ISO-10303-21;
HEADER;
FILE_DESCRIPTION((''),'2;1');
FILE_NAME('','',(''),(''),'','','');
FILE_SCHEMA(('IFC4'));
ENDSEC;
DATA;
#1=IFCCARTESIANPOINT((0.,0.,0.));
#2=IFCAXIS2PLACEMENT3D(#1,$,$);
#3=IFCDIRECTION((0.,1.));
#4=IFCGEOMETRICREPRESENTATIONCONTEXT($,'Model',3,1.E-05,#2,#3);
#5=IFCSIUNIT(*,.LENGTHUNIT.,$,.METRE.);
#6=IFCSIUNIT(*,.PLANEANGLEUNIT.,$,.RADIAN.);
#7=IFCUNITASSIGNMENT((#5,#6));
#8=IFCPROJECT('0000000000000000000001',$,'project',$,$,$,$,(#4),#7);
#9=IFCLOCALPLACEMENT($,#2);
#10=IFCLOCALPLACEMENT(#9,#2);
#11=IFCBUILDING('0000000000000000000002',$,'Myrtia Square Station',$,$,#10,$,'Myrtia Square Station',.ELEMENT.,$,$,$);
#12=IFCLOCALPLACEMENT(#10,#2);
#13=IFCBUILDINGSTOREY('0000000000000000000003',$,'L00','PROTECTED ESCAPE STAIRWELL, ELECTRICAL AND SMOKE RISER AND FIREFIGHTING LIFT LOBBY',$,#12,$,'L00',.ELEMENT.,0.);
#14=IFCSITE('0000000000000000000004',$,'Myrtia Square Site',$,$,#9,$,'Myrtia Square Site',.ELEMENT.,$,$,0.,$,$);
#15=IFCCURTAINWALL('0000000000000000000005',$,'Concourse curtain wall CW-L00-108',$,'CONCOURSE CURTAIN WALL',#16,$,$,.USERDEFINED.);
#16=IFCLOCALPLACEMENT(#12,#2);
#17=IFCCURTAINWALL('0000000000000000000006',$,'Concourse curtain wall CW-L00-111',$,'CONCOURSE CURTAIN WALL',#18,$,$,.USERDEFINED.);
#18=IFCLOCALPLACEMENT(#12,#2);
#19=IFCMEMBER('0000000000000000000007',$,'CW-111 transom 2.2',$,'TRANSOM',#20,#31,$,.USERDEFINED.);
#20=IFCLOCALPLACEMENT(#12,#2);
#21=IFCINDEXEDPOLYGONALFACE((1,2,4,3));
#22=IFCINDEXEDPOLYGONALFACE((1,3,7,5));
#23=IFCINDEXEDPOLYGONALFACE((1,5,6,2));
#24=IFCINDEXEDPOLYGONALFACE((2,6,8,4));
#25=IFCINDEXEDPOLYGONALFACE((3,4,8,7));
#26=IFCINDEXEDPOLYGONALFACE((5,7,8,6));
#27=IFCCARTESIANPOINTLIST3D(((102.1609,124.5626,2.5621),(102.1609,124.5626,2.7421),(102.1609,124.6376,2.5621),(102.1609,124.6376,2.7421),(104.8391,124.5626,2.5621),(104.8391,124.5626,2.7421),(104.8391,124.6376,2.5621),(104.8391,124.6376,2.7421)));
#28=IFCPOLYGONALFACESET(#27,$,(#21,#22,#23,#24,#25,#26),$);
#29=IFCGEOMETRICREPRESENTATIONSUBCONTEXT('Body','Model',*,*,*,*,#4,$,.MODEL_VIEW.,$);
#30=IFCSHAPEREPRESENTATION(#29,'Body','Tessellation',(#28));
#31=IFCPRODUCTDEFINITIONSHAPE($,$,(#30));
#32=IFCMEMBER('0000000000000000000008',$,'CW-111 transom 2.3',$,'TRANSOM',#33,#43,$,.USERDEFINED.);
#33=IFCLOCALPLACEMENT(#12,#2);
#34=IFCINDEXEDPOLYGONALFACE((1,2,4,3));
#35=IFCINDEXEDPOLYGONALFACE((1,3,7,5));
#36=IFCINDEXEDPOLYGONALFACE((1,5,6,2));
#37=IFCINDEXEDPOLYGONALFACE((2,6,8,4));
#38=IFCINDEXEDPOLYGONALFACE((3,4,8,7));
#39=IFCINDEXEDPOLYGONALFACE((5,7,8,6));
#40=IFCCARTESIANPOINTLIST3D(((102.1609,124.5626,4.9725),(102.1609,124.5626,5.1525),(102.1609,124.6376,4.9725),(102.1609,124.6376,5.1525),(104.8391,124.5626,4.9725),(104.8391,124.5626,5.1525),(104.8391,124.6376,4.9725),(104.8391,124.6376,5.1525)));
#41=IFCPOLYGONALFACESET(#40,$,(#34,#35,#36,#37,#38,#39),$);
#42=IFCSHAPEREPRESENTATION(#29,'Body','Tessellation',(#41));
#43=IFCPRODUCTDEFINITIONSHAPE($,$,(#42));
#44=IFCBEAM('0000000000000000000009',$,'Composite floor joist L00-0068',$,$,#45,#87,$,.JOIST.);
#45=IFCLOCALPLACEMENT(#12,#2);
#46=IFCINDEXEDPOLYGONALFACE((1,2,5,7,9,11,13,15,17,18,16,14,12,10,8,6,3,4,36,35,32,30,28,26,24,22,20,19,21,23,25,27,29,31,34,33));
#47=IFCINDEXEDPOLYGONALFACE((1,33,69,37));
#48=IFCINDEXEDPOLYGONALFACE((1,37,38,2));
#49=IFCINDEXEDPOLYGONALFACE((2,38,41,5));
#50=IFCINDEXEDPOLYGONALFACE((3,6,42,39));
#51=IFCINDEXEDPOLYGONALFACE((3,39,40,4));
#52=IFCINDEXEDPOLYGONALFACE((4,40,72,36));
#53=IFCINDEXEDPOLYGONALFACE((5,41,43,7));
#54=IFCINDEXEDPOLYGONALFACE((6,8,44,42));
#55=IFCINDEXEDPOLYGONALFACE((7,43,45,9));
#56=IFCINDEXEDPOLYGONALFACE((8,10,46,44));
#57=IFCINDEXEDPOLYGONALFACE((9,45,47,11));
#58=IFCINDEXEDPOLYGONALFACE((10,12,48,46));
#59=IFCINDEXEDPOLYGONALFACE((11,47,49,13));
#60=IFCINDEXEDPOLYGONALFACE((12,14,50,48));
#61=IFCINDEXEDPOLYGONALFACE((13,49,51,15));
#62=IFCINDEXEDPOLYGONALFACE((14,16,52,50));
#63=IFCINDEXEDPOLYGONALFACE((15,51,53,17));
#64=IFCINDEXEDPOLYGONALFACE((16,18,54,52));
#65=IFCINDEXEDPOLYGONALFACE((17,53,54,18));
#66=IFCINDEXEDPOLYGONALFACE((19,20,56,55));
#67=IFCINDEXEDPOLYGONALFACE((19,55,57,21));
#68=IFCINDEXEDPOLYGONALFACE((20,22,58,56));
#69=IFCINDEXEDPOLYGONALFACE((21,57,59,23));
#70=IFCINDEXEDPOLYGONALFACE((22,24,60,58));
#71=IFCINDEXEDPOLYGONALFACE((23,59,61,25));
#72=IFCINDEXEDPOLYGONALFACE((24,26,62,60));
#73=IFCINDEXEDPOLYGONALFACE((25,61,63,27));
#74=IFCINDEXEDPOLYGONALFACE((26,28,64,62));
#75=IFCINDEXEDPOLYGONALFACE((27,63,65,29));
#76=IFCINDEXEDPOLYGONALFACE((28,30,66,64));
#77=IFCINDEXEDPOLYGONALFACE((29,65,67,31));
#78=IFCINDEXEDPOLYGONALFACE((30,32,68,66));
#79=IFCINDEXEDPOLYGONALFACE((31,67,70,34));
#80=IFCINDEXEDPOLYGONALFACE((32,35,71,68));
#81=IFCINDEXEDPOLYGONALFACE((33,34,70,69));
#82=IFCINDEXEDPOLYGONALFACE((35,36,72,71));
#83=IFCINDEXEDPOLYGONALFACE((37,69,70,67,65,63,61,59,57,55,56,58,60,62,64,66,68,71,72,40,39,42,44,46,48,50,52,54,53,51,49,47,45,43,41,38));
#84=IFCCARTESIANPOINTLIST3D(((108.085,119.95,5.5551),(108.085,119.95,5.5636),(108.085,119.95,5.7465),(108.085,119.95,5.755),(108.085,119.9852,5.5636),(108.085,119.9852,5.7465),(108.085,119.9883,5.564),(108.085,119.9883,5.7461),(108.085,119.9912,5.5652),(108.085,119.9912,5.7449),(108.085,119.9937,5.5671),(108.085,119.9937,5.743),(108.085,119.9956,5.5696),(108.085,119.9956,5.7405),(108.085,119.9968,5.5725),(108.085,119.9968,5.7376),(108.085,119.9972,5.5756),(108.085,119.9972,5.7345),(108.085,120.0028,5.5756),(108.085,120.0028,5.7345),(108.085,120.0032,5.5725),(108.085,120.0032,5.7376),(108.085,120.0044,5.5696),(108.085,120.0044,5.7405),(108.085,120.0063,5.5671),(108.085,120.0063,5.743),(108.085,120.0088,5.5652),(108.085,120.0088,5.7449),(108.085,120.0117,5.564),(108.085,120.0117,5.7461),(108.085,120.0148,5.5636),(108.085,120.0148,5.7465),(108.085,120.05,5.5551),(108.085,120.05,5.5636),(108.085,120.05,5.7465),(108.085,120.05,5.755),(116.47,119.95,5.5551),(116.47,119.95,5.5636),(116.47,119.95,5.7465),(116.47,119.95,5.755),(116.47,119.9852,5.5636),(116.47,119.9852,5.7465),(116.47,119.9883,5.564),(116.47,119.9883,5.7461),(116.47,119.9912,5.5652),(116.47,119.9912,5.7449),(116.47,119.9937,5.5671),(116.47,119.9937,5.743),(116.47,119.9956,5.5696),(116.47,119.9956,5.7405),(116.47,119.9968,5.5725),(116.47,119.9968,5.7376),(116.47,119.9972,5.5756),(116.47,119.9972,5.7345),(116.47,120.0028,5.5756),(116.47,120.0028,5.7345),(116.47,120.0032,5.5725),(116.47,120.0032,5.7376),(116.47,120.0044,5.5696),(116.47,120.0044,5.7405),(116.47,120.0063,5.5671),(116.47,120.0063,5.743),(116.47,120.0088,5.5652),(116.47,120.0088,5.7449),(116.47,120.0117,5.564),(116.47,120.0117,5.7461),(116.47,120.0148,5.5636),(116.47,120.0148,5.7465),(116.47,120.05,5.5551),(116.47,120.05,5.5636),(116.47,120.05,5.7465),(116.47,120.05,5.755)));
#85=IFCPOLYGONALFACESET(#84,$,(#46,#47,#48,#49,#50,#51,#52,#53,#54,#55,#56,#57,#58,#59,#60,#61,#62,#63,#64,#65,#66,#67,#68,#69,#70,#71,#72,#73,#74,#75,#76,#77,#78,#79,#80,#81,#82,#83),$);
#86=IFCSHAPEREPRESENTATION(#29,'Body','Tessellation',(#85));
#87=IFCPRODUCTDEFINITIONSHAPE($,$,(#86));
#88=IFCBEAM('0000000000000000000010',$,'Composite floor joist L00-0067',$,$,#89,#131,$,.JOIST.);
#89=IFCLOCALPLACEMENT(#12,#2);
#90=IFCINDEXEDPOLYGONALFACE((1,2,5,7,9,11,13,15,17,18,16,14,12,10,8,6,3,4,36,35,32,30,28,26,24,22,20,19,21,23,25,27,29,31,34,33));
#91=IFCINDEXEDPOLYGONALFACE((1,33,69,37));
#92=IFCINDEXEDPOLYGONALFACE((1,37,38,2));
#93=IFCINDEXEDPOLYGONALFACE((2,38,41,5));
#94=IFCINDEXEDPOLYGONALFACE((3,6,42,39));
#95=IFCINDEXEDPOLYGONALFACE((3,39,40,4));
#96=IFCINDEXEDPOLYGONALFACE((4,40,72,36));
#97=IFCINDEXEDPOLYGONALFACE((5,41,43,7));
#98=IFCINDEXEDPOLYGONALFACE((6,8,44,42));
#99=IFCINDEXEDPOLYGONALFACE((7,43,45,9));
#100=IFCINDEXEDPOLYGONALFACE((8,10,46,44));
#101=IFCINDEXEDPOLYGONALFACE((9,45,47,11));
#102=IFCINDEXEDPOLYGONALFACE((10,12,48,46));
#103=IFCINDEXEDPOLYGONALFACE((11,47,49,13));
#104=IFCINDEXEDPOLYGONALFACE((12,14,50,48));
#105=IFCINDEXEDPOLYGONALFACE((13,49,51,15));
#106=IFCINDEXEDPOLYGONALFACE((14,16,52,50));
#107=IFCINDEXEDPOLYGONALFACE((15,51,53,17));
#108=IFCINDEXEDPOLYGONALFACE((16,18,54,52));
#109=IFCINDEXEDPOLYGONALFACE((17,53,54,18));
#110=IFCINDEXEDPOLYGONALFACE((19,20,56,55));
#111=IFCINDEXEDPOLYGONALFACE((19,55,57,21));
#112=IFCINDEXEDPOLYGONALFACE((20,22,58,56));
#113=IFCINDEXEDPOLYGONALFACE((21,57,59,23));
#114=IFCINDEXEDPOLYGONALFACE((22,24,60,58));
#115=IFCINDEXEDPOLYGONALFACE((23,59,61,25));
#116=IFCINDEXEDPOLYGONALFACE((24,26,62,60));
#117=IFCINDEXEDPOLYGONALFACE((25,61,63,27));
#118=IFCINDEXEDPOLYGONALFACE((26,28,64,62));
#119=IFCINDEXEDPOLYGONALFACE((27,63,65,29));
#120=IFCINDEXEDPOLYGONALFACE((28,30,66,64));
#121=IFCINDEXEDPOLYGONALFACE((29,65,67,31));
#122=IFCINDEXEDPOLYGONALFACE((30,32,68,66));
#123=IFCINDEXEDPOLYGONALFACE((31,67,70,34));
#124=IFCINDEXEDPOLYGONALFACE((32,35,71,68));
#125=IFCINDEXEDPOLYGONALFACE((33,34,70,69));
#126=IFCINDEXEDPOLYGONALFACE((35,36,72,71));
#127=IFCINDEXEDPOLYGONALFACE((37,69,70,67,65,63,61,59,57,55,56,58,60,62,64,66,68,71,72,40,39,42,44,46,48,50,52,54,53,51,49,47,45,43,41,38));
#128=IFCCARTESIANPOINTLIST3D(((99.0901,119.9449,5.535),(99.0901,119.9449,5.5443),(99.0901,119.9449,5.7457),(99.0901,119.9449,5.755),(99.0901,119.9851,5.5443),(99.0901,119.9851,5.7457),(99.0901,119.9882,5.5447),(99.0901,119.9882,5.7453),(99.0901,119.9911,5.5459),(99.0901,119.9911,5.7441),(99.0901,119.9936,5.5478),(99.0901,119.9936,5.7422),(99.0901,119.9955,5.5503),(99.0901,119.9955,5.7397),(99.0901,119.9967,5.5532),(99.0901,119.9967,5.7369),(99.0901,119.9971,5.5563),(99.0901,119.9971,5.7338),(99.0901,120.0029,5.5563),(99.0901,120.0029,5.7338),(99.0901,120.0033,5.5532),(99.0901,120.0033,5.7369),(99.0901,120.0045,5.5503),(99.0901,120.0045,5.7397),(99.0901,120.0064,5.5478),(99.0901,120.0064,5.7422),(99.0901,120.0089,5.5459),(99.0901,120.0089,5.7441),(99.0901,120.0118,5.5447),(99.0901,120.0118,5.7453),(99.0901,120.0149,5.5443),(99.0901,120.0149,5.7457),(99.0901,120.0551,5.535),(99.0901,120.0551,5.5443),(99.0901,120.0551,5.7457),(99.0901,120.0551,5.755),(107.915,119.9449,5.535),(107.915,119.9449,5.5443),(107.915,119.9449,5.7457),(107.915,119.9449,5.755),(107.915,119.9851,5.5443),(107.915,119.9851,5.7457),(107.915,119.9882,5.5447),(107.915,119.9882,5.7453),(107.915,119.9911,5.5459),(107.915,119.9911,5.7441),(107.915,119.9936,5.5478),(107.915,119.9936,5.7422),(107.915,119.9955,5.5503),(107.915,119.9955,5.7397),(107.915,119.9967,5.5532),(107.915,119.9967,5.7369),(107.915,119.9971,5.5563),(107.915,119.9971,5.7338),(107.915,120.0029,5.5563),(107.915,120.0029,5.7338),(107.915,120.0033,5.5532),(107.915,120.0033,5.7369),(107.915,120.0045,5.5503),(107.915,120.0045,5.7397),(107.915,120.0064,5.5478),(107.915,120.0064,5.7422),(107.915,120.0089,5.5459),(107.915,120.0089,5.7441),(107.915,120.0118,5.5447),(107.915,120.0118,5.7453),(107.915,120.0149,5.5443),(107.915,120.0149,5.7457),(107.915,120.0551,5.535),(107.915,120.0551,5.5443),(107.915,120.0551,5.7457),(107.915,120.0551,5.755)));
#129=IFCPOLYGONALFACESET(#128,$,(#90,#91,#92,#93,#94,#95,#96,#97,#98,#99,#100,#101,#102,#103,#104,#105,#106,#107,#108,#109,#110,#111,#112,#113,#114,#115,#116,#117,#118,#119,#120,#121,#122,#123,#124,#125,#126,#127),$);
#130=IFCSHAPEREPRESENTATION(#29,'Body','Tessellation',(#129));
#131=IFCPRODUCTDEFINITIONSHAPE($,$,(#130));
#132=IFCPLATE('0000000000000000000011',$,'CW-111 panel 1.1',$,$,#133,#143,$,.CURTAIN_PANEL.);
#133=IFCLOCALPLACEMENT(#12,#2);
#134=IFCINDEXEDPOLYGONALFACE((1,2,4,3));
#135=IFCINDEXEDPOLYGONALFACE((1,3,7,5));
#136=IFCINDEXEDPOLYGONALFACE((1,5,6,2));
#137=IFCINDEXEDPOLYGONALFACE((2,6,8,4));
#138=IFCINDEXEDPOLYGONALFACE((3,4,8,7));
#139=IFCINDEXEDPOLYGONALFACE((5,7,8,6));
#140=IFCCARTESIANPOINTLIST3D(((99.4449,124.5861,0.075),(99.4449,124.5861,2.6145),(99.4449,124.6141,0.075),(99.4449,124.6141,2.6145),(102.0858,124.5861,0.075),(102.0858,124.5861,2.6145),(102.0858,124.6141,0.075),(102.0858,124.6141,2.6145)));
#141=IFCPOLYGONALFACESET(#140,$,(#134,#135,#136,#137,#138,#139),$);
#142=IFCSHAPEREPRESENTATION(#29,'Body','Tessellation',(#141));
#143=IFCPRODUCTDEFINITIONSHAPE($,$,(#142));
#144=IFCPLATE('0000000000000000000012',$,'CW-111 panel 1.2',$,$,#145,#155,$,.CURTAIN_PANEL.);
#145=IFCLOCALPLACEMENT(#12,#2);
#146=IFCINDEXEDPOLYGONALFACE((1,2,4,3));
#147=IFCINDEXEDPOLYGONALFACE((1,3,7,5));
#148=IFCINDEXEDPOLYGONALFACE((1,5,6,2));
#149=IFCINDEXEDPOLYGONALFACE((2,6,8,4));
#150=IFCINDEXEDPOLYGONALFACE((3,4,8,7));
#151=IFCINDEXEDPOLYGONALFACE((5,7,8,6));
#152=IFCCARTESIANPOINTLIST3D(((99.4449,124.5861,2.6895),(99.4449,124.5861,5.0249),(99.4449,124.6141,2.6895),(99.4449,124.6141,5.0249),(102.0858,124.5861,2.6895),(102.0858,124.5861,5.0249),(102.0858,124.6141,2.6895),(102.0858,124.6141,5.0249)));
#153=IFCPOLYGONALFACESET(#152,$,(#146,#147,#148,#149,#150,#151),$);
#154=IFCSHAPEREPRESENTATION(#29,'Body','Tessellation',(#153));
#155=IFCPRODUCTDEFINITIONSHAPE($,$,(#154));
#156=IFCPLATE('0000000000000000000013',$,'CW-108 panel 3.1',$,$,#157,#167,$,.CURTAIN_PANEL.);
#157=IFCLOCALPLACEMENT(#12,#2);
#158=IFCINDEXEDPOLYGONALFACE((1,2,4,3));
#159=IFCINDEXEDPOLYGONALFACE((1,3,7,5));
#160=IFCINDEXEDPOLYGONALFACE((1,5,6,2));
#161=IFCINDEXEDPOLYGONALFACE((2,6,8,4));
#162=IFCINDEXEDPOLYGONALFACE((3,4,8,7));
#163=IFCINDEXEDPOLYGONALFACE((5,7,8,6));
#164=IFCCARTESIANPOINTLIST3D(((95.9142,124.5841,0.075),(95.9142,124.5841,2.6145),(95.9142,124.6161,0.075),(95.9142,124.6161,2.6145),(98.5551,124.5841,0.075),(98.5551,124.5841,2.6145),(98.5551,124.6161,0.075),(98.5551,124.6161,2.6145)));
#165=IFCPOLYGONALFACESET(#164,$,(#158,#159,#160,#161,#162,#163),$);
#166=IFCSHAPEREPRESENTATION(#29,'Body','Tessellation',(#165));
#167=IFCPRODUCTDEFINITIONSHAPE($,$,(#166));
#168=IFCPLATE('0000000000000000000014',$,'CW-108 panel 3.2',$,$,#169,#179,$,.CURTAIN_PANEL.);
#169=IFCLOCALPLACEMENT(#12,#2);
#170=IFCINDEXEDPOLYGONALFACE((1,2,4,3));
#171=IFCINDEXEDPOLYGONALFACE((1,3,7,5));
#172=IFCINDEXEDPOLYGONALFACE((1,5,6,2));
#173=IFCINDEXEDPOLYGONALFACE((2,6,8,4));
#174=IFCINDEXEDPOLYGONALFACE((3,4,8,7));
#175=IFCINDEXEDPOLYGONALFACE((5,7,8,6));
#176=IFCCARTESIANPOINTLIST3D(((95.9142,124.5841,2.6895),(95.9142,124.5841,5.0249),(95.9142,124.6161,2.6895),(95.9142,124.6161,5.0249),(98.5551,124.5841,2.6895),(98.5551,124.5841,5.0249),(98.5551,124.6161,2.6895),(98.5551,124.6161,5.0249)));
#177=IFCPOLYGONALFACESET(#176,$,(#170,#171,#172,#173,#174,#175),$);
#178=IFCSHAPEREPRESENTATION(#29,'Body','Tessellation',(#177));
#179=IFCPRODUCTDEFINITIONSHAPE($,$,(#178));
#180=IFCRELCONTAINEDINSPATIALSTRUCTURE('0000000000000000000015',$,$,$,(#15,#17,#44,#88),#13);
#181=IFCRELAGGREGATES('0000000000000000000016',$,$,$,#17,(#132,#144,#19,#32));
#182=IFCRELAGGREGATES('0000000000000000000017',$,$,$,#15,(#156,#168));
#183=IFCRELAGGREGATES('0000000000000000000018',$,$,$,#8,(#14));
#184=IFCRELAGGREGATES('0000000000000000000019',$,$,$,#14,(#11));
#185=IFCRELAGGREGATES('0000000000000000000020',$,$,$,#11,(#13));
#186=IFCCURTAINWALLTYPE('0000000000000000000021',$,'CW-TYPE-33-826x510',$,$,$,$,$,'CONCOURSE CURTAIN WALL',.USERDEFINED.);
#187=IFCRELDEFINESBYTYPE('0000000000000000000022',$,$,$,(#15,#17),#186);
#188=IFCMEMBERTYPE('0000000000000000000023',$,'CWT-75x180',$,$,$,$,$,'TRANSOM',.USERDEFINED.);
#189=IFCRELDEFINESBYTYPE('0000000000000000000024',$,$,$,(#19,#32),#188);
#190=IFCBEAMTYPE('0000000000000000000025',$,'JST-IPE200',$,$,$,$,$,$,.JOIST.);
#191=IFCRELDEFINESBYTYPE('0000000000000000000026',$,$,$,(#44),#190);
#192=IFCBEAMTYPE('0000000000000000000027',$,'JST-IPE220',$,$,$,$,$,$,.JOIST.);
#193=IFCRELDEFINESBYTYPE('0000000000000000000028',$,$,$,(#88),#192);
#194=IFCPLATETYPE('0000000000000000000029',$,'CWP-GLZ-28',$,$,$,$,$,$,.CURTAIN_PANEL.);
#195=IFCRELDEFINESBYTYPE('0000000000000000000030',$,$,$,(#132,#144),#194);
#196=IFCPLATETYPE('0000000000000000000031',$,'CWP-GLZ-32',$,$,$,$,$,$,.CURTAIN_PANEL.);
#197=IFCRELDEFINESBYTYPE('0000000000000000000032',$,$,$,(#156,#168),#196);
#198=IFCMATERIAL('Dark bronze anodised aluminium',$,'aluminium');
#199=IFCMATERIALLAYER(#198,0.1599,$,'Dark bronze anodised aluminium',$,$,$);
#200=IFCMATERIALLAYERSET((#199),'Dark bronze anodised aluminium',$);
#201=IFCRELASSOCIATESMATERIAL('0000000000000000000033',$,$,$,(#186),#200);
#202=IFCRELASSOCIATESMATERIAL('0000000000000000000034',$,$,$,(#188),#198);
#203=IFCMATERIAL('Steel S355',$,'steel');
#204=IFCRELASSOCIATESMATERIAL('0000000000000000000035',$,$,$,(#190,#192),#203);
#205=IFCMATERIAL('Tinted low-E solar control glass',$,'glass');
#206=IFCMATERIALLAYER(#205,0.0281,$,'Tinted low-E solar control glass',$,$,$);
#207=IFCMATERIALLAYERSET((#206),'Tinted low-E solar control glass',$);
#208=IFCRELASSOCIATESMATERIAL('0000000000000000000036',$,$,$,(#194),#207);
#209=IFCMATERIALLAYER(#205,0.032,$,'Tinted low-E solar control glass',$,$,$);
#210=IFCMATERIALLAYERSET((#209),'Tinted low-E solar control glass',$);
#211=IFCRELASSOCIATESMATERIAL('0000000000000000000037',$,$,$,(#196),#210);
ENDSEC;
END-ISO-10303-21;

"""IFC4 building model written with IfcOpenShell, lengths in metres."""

from ifc_helpers import new_model, si_unit, direction, frame, origin, origin_2d, place, context, subcontext, project, spatial, rectangle, i_section, extrude, material, layer, layer_set, material_profile, profile_set, type_object, element, aggregate, save


model = new_model("IFC4")

# Units and contexts
model_context = context("Model", 3, precision=1e-05, world=origin(), true_north=direction((0.0, 1.0)))
body_context = subcontext(model_context, "Body", "Model", "MODEL_VIEW")
ifc_project = project(units=[si_unit("LENGTHUNIT", "METRE"), si_unit("PLANEANGLEUNIT", "RADIAN")], contexts=[model_context])

# Site, building, storey
site_placement = place(None, origin())
site = spatial("IfcSite", under=ifc_project, at=site_placement, Name="Myrtia Square Site", LongName="Myrtia Square Site", CompositionType="ELEMENT", RefElevation=0.0)
building_placement = place(site_placement, origin())
building = spatial("IfcBuilding", under=site, at=building_placement, Name="Myrtia Square Station", LongName="Myrtia Square Station", CompositionType="ELEMENT")
storey_placement = place(building_placement, origin())
storey = spatial("IfcBuildingStorey", under=building, at=storey_placement, Name="L00", Description="PROTECTED ESCAPE STAIRWELL, ELECTRICAL AND SMOKE RISER AND FIREFIGHTING LIFT LOBBY", LongName="L00", CompositionType="ELEMENT", Elevation=0.0)

# Shared definitions
ifc_material_1 = material(Name="Steel S355", Category="steel")

# Curtain walls
ifc_material_2 = material(Name="Dark bronze anodised aluminium", Category="aluminium")
ifc_layer_1 = layer(ifc_material_2, 0.1599, Name="Dark bronze anodised aluminium")
ifc_layer_set_1 = layer_set([ifc_layer_1], Name="Dark bronze anodised aluminium")
curtain_wall_type = type_object("IfcCurtainWallType", Name="CW-TYPE-33-826x510", ElementType="CONCOURSE CURTAIN WALL", PredefinedType="USERDEFINED", material=ifc_layer_set_1)
curtain_wall_1_placement = place(storey_placement, origin())
curtain_wall_1 = element("IfcCurtainWall", 1, at=curtain_wall_1_placement, inside=storey, type_object=curtain_wall_type, Name="Concourse curtain wall CW-L00-108", ObjectType="CONCOURSE CURTAIN WALL", PredefinedType="USERDEFINED")
curtain_wall_2_placement = place(storey_placement, origin())
curtain_wall_2 = element("IfcCurtainWall", 2, at=curtain_wall_2_placement, inside=storey, type_object=curtain_wall_type, Name="Concourse curtain wall CW-L00-111", ObjectType="CONCOURSE CURTAIN WALL", PredefinedType="USERDEFINED")

# Members
ifc_material_profile_1 = material_profile(ifc_material_2, rectangle(XDim=0.075, YDim=0.1799, at=origin_2d()), Name="ALU-T 75x180")
ifc_profile_set_1 = profile_set([ifc_material_profile_1], Name="Dark bronze anodised aluminium")
member_type_1 = type_object("IfcMemberType", Name="CWT-75x180", ElementType="TRANSOM", PredefinedType="USERDEFINED", material=ifc_profile_set_1)
member_1_placement = place(storey_placement, frame((102.1609, 124.6001, 2.6521), z_axis=(1.0, 0.0, 0.0), x_axis=(0.0, 1.0, 0.0)))
member_1 = element("IfcMember", 3, at=member_1_placement, type_object=member_type_1, Name="CW-111 transom 2.2", ObjectType="TRANSOM", PredefinedType="USERDEFINED", context=body_context, shape_type="SweptSolid", body=[
    extrude(rectangle(XDim=0.075, YDim=0.1799, at=origin_2d()), origin(), (0.0, 0.0, 1.0), 2.6782),
])
member_2_placement = place(storey_placement, frame((102.1609, 124.6001, 5.0625), z_axis=(1.0, 0.0, 0.0), x_axis=(0.0, 1.0, 0.0)))
member_2 = element("IfcMember", 4, at=member_2_placement, type_object=member_type_1, Name="CW-111 transom 2.3", ObjectType="TRANSOM", PredefinedType="USERDEFINED", context=body_context, shape_type="SweptSolid", body=[
    extrude(rectangle(XDim=0.075, YDim=0.1799, at=origin_2d()), origin(), (0.0, 0.0, 1.0), 2.6782),
])

# Beams
ifc_material_profile_2 = material_profile(ifc_material_1, i_section(OverallWidth=0.1001, OverallDepth=0.2, WebThickness=0.0056, FlangeThickness=0.0085, FilletRadius=0.012, at=origin_2d()), Name="IPE 200")
ifc_profile_set_2 = profile_set([ifc_material_profile_2], Name="Steel S355")
beam_type_1 = type_object("IfcBeamType", Name="JST-IPE200", PredefinedType="JOIST", material=ifc_profile_set_2)
beam_1_placement = place(storey_placement, frame((108.085, 120.0, 5.655), z_axis=(1.0, 0.0, 0.0), x_axis=(0.0, 1.0, 0.0)))
element("IfcBeam", 5, at=beam_1_placement, inside=storey, type_object=beam_type_1, Name="Composite floor joist L00-0068", PredefinedType="JOIST", context=body_context, shape_type="SweptSolid", body=[
    extrude(i_section(OverallWidth=0.1001, OverallDepth=0.2, WebThickness=0.0056, FlangeThickness=0.0085, FilletRadius=0.012, at=origin_2d()), origin(), (0.0, 0.0, 1.0), 8.385),
])
ifc_material_profile_3 = material_profile(ifc_material_1, i_section(OverallWidth=0.1101, OverallDepth=0.22, WebThickness=0.0059, FlangeThickness=0.0093, FilletRadius=0.012, at=origin_2d()), Name="IPE 220")
ifc_profile_set_3 = profile_set([ifc_material_profile_3], Name="Steel S355")
beam_type_2 = type_object("IfcBeamType", Name="JST-IPE220", PredefinedType="JOIST", material=ifc_profile_set_3)
beam_2_placement = place(storey_placement, frame((99.0901, 120.0, 5.645), z_axis=(1.0, 0.0, 0.0), x_axis=(0.0, 1.0, 0.0)))
element("IfcBeam", 6, at=beam_2_placement, inside=storey, type_object=beam_type_2, Name="Composite floor joist L00-0067", PredefinedType="JOIST", context=body_context, shape_type="SweptSolid", body=[
    extrude(i_section(OverallWidth=0.1101, OverallDepth=0.22, WebThickness=0.0059, FlangeThickness=0.0093, FilletRadius=0.012, at=origin_2d()), origin(), (0.0, 0.0, 1.0), 8.825),
])

# Plates
ifc_material_3 = material(Name="Tinted low-E solar control glass", Category="glass")
ifc_layer_2 = layer(ifc_material_3, 0.0281, Name="Tinted low-E solar control glass")
ifc_layer_set_2 = layer_set([ifc_layer_2], Name="Tinted low-E solar control glass")
plate_type_1 = type_object("IfcPlateType", Name="CWP-GLZ-28", PredefinedType="CURTAIN_PANEL", material=ifc_layer_set_2)
plate_1_placement = place(storey_placement, frame((100.7654, 124.6001, 0.075), z_axis=(0.0, 0.0, 1.0), x_axis=(1.0, 0.0, 0.0)))
plate_1 = element("IfcPlate", 7, at=plate_1_placement, type_object=plate_type_1, Name="CW-111 panel 1.1", PredefinedType="CURTAIN_PANEL", context=body_context, shape_type="SweptSolid", body=[
    extrude(rectangle(XDim=2.6409, YDim=0.0281, at=origin_2d()), origin(), (0.0, 0.0, 1.0), 2.5396),
])
plate_2_placement = place(storey_placement, frame((100.7654, 124.6001, 2.6895), z_axis=(0.0, 0.0, 1.0), x_axis=(1.0, 0.0, 0.0)))
plate_2 = element("IfcPlate", 8, at=plate_2_placement, type_object=plate_type_1, Name="CW-111 panel 1.2", PredefinedType="CURTAIN_PANEL", context=body_context, shape_type="SweptSolid", body=[
    extrude(rectangle(XDim=2.6409, YDim=0.0281, at=origin_2d()), origin(), (0.0, 0.0, 1.0), 2.3354),
])
aggregate(curtain_wall_2, [plate_1, plate_2, member_1, member_2])
ifc_layer_3 = layer(ifc_material_3, 0.032, Name="Tinted low-E solar control glass")
ifc_layer_set_3 = layer_set([ifc_layer_3], Name="Tinted low-E solar control glass")
plate_type_2 = type_object("IfcPlateType", Name="CWP-GLZ-32", PredefinedType="CURTAIN_PANEL", material=ifc_layer_set_3)
plate_3_placement = place(storey_placement, frame((97.2346, 124.6001, 0.075), z_axis=(0.0, 0.0, 1.0), x_axis=(1.0, 0.0, 0.0)))
plate_3 = element("IfcPlate", 9, at=plate_3_placement, type_object=plate_type_2, Name="CW-108 panel 3.1", PredefinedType="CURTAIN_PANEL", context=body_context, shape_type="SweptSolid", body=[
    extrude(rectangle(XDim=2.6409, YDim=0.032, at=origin_2d()), origin(), (0.0, 0.0, 1.0), 2.5396),
])
plate_4_placement = place(storey_placement, frame((97.2346, 124.6001, 2.6895), z_axis=(0.0, 0.0, 1.0), x_axis=(1.0, 0.0, 0.0)))
plate_4 = element("IfcPlate", 10, at=plate_4_placement, type_object=plate_type_2, Name="CW-108 panel 3.2", PredefinedType="CURTAIN_PANEL", context=body_context, shape_type="SweptSolid", body=[
    extrude(rectangle(XDim=2.6409, YDim=0.032, at=origin_2d()), origin(), (0.0, 0.0, 1.0), 2.3354),
])
aggregate(curtain_wall_1, [plate_3, plate_4])

save(model, "model.ifc")
